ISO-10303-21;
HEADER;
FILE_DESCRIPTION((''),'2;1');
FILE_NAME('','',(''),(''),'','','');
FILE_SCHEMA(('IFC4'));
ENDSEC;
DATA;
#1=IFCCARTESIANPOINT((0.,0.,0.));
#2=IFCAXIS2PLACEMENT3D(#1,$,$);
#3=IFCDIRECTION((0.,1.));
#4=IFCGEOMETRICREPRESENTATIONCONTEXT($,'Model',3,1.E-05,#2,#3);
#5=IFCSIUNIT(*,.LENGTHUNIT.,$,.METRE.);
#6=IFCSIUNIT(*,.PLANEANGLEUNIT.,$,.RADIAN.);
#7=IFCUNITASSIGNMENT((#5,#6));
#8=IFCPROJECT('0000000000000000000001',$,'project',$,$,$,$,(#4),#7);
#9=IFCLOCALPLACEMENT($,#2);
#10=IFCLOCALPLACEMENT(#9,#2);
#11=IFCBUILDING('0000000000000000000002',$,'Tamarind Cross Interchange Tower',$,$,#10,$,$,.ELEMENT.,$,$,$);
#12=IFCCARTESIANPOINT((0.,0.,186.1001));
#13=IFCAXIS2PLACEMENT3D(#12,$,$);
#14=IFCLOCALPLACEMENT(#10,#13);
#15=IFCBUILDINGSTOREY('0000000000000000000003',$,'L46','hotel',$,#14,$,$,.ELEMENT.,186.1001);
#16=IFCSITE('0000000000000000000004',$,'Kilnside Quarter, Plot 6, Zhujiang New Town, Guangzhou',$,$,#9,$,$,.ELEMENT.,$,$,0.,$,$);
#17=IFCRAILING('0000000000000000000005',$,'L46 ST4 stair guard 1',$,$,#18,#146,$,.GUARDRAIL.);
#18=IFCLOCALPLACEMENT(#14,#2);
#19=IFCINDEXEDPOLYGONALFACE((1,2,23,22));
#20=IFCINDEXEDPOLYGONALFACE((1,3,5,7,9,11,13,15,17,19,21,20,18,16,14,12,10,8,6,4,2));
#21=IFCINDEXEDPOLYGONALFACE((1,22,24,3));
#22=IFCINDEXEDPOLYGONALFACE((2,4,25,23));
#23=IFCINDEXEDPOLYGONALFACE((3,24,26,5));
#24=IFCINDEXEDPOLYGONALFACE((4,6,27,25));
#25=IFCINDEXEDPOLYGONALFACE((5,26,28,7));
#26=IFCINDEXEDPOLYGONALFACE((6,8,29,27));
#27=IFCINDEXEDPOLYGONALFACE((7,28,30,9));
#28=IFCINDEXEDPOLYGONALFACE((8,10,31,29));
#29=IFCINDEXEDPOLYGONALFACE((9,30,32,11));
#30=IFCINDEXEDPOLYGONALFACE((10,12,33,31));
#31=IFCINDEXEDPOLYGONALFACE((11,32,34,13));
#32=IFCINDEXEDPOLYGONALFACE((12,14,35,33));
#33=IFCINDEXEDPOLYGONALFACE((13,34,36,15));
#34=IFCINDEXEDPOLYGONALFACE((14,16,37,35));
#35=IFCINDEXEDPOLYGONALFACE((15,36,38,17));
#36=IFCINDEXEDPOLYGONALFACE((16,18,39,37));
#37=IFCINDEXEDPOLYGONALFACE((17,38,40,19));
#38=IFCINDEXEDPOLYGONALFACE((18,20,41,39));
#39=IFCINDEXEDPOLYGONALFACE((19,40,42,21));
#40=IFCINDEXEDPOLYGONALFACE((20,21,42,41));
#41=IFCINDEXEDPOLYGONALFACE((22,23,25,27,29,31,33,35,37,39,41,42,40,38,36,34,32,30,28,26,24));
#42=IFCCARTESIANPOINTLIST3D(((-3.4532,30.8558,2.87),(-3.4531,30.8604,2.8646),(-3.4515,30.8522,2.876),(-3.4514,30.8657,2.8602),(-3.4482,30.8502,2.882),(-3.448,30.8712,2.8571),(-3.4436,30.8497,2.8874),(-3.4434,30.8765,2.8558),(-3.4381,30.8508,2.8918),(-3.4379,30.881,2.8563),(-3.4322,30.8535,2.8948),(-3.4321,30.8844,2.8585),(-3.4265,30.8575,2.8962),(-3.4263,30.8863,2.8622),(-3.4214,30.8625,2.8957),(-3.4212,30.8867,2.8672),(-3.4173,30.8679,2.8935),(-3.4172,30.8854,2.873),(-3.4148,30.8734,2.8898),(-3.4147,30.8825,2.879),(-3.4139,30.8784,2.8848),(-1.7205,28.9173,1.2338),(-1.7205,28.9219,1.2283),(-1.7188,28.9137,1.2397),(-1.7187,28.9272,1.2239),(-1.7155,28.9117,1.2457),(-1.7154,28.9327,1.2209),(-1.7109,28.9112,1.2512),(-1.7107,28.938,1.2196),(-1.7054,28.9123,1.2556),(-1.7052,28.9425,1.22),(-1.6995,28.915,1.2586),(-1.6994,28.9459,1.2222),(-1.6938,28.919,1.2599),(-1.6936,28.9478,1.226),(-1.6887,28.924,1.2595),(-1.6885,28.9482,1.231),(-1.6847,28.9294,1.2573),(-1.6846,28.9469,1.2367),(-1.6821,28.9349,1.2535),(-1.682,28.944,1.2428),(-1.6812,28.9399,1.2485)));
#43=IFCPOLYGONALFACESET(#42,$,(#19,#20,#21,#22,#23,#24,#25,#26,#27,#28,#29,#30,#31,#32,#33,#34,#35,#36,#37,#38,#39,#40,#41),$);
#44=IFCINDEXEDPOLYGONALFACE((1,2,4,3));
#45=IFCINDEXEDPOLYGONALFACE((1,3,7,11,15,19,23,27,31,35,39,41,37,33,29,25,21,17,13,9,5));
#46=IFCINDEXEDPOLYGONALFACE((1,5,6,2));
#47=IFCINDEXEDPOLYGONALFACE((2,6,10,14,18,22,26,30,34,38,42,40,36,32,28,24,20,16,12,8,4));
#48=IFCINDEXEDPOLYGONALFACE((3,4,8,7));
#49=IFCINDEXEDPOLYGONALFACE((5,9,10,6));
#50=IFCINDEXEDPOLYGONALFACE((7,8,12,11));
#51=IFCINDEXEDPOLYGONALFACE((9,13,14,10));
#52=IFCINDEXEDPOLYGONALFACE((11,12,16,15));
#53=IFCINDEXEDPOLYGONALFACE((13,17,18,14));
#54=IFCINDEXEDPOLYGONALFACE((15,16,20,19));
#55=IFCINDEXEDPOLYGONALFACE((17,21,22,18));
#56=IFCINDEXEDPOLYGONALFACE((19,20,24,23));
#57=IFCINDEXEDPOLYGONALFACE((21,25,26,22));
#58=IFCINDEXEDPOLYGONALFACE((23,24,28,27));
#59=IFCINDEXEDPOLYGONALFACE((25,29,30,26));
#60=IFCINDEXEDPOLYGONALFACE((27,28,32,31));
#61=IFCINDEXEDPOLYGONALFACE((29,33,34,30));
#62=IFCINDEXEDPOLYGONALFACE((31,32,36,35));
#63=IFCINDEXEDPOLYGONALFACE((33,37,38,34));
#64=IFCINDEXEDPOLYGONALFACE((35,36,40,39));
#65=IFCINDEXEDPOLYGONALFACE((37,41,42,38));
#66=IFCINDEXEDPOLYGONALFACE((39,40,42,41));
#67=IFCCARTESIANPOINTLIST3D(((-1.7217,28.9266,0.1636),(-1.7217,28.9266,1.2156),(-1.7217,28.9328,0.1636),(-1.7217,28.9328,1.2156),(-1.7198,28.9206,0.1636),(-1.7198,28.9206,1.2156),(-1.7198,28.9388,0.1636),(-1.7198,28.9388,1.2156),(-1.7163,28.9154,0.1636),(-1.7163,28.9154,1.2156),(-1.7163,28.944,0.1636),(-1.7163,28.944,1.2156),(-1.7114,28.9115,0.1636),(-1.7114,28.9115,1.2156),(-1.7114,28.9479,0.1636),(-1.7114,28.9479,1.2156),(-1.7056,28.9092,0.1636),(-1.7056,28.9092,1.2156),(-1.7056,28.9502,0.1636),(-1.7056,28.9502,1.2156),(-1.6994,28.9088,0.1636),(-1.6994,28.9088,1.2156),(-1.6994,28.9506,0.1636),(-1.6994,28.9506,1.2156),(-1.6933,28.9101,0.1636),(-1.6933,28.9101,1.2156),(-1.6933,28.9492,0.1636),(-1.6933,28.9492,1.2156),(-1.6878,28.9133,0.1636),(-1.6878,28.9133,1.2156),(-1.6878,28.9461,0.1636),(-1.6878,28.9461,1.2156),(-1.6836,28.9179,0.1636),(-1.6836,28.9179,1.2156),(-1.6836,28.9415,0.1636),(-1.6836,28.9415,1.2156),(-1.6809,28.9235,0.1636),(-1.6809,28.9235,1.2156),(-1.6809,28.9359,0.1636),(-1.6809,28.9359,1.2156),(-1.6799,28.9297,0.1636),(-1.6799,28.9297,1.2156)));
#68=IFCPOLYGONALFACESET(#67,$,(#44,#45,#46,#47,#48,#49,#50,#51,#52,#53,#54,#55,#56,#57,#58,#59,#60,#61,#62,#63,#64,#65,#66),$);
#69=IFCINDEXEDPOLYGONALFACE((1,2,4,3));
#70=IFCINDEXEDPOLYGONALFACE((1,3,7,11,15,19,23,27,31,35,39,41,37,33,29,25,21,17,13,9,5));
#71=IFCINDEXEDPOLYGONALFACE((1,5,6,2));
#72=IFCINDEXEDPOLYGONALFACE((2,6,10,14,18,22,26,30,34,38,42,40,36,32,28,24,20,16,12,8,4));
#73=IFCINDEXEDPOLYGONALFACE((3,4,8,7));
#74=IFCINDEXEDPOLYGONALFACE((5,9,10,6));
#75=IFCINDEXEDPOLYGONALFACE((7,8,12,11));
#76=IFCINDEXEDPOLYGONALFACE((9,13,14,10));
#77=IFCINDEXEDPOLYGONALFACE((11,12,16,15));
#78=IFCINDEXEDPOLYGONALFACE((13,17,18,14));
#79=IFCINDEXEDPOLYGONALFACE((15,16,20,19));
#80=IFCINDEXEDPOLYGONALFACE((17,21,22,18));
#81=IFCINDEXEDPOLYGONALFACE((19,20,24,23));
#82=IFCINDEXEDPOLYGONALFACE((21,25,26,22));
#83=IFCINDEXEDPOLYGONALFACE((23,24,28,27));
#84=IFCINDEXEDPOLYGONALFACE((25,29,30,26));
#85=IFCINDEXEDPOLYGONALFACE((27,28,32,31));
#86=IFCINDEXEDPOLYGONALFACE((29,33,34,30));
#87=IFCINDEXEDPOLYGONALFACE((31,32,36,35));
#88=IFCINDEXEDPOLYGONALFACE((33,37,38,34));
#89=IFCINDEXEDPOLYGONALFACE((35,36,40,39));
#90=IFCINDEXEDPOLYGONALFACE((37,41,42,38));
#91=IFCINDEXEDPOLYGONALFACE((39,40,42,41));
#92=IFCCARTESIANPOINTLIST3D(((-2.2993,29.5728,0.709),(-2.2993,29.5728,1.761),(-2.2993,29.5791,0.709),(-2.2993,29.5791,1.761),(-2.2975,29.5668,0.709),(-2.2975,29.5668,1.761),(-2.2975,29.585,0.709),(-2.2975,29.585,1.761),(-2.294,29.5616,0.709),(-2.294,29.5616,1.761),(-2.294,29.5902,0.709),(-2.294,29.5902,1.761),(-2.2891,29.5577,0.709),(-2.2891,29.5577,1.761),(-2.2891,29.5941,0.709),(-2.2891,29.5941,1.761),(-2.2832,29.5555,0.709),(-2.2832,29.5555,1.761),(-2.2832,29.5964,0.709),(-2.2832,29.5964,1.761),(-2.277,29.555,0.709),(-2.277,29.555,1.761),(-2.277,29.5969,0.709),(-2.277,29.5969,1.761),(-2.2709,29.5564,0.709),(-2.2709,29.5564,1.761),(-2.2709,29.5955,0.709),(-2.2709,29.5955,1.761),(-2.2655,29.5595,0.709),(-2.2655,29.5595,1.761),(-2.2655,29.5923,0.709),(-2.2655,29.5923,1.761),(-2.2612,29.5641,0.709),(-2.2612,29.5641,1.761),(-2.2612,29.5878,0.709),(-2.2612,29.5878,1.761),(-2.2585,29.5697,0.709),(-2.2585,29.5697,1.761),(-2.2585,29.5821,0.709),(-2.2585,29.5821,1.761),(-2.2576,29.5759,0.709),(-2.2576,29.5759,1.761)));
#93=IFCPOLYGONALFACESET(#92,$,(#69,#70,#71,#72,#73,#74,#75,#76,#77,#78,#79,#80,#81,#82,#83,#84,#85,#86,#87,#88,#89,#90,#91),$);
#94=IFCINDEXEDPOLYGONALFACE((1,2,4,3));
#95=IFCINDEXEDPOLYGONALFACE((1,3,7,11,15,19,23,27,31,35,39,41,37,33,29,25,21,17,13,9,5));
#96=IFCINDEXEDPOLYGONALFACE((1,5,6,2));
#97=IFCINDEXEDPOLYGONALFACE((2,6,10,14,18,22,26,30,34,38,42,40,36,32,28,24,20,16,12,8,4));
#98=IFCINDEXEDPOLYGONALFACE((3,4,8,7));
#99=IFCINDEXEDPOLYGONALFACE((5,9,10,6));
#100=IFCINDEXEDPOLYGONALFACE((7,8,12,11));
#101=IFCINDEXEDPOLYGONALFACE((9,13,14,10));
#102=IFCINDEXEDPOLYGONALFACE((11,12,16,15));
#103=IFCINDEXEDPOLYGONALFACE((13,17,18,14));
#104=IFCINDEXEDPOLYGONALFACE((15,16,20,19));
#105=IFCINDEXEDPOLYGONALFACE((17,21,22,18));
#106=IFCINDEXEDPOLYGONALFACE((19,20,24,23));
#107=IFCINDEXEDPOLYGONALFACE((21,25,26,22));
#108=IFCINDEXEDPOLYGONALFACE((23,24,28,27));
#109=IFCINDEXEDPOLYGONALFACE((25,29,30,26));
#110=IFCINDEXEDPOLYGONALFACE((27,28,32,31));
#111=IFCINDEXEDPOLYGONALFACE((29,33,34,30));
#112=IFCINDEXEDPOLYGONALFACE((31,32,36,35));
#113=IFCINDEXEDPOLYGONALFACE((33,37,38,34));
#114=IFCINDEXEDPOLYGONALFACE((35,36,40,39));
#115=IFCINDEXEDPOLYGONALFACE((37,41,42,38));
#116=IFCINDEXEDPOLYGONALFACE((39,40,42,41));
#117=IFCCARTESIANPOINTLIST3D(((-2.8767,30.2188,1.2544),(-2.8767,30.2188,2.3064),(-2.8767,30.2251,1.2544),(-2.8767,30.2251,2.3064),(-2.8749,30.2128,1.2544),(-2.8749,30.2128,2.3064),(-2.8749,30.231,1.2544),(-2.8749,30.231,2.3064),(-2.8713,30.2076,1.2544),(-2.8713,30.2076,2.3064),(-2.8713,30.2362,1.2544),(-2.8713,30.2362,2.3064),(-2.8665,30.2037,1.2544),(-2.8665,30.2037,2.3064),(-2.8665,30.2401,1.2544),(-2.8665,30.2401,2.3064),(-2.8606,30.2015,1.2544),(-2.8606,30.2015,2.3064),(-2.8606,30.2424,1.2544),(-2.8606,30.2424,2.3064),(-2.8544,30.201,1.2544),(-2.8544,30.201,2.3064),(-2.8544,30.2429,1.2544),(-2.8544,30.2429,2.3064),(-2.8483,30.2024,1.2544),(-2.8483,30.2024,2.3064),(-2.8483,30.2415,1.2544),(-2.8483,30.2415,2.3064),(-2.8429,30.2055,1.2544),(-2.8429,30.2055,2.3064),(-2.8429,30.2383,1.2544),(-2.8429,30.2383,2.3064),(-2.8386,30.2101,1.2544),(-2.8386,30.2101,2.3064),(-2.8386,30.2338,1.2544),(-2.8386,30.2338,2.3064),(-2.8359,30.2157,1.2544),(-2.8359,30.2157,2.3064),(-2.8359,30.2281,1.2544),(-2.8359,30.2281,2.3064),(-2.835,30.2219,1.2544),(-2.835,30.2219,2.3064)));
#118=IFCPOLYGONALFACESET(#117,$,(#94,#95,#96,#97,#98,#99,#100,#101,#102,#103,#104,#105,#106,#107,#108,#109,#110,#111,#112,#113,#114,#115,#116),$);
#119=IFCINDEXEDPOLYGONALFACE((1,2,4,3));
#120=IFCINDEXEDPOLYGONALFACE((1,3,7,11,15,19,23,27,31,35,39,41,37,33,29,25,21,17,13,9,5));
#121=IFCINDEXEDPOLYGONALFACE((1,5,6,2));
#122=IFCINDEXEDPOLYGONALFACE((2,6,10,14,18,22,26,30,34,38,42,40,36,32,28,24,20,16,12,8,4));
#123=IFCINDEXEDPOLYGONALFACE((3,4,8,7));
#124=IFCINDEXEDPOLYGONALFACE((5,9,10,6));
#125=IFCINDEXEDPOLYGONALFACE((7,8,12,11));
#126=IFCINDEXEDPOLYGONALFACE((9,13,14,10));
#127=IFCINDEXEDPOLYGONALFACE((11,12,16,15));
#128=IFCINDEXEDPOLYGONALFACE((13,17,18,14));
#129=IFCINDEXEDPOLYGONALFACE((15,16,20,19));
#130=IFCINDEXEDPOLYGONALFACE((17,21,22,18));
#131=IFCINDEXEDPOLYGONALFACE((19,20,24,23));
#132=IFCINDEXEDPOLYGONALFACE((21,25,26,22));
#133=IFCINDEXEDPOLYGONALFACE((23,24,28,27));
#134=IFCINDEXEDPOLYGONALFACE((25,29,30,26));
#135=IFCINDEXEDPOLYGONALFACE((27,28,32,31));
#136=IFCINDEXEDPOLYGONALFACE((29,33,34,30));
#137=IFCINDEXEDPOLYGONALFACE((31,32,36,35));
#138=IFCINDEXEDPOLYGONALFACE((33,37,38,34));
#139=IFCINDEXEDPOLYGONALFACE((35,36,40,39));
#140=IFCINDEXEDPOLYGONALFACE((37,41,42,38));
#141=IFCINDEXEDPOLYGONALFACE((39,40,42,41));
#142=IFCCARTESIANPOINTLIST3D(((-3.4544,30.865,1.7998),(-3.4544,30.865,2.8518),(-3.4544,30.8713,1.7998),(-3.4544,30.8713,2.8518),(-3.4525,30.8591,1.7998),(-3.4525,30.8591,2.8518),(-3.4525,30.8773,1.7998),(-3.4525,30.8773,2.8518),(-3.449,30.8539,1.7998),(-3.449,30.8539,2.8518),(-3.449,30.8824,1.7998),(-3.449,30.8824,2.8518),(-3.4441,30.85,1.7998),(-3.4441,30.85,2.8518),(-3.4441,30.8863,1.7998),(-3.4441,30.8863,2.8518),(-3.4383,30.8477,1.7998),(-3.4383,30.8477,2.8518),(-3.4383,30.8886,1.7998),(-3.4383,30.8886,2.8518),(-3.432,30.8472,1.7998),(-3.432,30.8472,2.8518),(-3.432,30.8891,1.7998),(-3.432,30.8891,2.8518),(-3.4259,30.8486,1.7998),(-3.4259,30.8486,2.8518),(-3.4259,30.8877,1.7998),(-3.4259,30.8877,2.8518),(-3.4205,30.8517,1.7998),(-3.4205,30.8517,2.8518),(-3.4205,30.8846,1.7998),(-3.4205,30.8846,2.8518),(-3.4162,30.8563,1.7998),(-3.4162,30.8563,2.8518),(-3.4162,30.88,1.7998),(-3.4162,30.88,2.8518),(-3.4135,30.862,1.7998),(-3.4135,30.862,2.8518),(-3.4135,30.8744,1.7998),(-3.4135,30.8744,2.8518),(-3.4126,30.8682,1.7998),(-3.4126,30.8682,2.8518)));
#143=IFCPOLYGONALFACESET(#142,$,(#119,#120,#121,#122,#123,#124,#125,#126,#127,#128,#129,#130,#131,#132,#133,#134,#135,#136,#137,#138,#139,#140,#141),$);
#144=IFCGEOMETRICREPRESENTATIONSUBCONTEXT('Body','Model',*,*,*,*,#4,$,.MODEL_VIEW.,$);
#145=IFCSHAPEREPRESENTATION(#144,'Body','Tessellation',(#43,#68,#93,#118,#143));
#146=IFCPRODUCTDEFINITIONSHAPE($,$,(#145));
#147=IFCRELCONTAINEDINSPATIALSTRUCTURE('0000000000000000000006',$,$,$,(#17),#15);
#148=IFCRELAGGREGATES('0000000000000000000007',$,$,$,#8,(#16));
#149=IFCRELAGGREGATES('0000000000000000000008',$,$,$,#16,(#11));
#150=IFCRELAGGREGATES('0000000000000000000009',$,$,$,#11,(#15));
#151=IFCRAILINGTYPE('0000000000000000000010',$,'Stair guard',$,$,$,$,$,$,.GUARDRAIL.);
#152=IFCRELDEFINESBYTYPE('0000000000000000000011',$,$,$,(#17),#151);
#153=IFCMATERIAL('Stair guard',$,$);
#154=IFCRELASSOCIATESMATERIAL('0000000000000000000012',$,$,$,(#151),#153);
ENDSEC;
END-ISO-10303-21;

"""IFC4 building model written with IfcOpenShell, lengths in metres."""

from ifc_helpers import new_model, si_unit, direction, frame, origin, origin_2d, place, context, subcontext, project, spatial, circle, extrude, material, type_object, element, save


model = new_model("IFC4")

# Units and contexts
model_context = context("Model", 3, precision=1e-05, world=origin(), true_north=direction((0.0, 1.0)))
body_context = subcontext(model_context, "Body", "Model", "MODEL_VIEW")
ifc_project = project(units=[si_unit("LENGTHUNIT", "METRE"), si_unit("PLANEANGLEUNIT", "RADIAN")], contexts=[model_context])

# Site, building, storey
site_placement = place(None, origin())
site = spatial("IfcSite", under=ifc_project, at=site_placement, Name="Kilnside Quarter, Plot 6, Zhujiang New Town, Guangzhou", CompositionType="ELEMENT", RefElevation=0.0)
building_placement = place(site_placement, origin())
building = spatial("IfcBuilding", under=site, at=building_placement, Name="Tamarind Cross Interchange Tower", CompositionType="ELEMENT")
storey_placement = place(building_placement, frame((0.0, 0.0, 186.1001)))
storey = spatial("IfcBuildingStorey", under=building, at=storey_placement, Name="L46", Description="hotel", CompositionType="ELEMENT", Elevation=186.1001)

# Railing
ifc_material_1 = material(Name="Stair guard")
railing_type_1 = type_object("IfcRailingType", Name="Stair guard", PredefinedType="GUARDRAIL", material=ifc_material_1)
railing_1_placement = place(storey_placement, frame((-1.7009, 28.9297, 0.1636)))
element("IfcRailing", 1, at=railing_1_placement, inside=storey, type_object=railing_type_1, Name="L46 ST4 stair guard 1", PredefinedType="GUARDRAIL", context=body_context, shape_type="SweptSolid", body=[
    extrude(circle(Radius=0.0239, at=origin_2d()), frame((0.0, 0.0, 1.0762), z_axis=(-0.564022, 0.631018, 0.53263), x_axis=(-0.745578, -0.666419, 0.0)), (0.0, 0.0, 1.0), 3.072),
    extrude(circle(Radius=0.021, at=origin_2d()), origin(), (0.0, 0.0, 1.0), 1.052),
    extrude(circle(Radius=0.021, at=origin_2d()), frame((-0.5776, 0.6462, 0.5454)), (0.0, 0.0, 1.0), 1.052),
    extrude(circle(Radius=0.021, at=origin_2d()), frame((-1.155, 1.2922, 1.0908)), (0.0, 0.0, 1.0), 1.052),
    extrude(circle(Radius=0.021, at=origin_2d()), frame((-1.7327, 1.9385, 1.6362)), (0.0, 0.0, 1.0), 1.052),
])

save(model, "model.ifc")
